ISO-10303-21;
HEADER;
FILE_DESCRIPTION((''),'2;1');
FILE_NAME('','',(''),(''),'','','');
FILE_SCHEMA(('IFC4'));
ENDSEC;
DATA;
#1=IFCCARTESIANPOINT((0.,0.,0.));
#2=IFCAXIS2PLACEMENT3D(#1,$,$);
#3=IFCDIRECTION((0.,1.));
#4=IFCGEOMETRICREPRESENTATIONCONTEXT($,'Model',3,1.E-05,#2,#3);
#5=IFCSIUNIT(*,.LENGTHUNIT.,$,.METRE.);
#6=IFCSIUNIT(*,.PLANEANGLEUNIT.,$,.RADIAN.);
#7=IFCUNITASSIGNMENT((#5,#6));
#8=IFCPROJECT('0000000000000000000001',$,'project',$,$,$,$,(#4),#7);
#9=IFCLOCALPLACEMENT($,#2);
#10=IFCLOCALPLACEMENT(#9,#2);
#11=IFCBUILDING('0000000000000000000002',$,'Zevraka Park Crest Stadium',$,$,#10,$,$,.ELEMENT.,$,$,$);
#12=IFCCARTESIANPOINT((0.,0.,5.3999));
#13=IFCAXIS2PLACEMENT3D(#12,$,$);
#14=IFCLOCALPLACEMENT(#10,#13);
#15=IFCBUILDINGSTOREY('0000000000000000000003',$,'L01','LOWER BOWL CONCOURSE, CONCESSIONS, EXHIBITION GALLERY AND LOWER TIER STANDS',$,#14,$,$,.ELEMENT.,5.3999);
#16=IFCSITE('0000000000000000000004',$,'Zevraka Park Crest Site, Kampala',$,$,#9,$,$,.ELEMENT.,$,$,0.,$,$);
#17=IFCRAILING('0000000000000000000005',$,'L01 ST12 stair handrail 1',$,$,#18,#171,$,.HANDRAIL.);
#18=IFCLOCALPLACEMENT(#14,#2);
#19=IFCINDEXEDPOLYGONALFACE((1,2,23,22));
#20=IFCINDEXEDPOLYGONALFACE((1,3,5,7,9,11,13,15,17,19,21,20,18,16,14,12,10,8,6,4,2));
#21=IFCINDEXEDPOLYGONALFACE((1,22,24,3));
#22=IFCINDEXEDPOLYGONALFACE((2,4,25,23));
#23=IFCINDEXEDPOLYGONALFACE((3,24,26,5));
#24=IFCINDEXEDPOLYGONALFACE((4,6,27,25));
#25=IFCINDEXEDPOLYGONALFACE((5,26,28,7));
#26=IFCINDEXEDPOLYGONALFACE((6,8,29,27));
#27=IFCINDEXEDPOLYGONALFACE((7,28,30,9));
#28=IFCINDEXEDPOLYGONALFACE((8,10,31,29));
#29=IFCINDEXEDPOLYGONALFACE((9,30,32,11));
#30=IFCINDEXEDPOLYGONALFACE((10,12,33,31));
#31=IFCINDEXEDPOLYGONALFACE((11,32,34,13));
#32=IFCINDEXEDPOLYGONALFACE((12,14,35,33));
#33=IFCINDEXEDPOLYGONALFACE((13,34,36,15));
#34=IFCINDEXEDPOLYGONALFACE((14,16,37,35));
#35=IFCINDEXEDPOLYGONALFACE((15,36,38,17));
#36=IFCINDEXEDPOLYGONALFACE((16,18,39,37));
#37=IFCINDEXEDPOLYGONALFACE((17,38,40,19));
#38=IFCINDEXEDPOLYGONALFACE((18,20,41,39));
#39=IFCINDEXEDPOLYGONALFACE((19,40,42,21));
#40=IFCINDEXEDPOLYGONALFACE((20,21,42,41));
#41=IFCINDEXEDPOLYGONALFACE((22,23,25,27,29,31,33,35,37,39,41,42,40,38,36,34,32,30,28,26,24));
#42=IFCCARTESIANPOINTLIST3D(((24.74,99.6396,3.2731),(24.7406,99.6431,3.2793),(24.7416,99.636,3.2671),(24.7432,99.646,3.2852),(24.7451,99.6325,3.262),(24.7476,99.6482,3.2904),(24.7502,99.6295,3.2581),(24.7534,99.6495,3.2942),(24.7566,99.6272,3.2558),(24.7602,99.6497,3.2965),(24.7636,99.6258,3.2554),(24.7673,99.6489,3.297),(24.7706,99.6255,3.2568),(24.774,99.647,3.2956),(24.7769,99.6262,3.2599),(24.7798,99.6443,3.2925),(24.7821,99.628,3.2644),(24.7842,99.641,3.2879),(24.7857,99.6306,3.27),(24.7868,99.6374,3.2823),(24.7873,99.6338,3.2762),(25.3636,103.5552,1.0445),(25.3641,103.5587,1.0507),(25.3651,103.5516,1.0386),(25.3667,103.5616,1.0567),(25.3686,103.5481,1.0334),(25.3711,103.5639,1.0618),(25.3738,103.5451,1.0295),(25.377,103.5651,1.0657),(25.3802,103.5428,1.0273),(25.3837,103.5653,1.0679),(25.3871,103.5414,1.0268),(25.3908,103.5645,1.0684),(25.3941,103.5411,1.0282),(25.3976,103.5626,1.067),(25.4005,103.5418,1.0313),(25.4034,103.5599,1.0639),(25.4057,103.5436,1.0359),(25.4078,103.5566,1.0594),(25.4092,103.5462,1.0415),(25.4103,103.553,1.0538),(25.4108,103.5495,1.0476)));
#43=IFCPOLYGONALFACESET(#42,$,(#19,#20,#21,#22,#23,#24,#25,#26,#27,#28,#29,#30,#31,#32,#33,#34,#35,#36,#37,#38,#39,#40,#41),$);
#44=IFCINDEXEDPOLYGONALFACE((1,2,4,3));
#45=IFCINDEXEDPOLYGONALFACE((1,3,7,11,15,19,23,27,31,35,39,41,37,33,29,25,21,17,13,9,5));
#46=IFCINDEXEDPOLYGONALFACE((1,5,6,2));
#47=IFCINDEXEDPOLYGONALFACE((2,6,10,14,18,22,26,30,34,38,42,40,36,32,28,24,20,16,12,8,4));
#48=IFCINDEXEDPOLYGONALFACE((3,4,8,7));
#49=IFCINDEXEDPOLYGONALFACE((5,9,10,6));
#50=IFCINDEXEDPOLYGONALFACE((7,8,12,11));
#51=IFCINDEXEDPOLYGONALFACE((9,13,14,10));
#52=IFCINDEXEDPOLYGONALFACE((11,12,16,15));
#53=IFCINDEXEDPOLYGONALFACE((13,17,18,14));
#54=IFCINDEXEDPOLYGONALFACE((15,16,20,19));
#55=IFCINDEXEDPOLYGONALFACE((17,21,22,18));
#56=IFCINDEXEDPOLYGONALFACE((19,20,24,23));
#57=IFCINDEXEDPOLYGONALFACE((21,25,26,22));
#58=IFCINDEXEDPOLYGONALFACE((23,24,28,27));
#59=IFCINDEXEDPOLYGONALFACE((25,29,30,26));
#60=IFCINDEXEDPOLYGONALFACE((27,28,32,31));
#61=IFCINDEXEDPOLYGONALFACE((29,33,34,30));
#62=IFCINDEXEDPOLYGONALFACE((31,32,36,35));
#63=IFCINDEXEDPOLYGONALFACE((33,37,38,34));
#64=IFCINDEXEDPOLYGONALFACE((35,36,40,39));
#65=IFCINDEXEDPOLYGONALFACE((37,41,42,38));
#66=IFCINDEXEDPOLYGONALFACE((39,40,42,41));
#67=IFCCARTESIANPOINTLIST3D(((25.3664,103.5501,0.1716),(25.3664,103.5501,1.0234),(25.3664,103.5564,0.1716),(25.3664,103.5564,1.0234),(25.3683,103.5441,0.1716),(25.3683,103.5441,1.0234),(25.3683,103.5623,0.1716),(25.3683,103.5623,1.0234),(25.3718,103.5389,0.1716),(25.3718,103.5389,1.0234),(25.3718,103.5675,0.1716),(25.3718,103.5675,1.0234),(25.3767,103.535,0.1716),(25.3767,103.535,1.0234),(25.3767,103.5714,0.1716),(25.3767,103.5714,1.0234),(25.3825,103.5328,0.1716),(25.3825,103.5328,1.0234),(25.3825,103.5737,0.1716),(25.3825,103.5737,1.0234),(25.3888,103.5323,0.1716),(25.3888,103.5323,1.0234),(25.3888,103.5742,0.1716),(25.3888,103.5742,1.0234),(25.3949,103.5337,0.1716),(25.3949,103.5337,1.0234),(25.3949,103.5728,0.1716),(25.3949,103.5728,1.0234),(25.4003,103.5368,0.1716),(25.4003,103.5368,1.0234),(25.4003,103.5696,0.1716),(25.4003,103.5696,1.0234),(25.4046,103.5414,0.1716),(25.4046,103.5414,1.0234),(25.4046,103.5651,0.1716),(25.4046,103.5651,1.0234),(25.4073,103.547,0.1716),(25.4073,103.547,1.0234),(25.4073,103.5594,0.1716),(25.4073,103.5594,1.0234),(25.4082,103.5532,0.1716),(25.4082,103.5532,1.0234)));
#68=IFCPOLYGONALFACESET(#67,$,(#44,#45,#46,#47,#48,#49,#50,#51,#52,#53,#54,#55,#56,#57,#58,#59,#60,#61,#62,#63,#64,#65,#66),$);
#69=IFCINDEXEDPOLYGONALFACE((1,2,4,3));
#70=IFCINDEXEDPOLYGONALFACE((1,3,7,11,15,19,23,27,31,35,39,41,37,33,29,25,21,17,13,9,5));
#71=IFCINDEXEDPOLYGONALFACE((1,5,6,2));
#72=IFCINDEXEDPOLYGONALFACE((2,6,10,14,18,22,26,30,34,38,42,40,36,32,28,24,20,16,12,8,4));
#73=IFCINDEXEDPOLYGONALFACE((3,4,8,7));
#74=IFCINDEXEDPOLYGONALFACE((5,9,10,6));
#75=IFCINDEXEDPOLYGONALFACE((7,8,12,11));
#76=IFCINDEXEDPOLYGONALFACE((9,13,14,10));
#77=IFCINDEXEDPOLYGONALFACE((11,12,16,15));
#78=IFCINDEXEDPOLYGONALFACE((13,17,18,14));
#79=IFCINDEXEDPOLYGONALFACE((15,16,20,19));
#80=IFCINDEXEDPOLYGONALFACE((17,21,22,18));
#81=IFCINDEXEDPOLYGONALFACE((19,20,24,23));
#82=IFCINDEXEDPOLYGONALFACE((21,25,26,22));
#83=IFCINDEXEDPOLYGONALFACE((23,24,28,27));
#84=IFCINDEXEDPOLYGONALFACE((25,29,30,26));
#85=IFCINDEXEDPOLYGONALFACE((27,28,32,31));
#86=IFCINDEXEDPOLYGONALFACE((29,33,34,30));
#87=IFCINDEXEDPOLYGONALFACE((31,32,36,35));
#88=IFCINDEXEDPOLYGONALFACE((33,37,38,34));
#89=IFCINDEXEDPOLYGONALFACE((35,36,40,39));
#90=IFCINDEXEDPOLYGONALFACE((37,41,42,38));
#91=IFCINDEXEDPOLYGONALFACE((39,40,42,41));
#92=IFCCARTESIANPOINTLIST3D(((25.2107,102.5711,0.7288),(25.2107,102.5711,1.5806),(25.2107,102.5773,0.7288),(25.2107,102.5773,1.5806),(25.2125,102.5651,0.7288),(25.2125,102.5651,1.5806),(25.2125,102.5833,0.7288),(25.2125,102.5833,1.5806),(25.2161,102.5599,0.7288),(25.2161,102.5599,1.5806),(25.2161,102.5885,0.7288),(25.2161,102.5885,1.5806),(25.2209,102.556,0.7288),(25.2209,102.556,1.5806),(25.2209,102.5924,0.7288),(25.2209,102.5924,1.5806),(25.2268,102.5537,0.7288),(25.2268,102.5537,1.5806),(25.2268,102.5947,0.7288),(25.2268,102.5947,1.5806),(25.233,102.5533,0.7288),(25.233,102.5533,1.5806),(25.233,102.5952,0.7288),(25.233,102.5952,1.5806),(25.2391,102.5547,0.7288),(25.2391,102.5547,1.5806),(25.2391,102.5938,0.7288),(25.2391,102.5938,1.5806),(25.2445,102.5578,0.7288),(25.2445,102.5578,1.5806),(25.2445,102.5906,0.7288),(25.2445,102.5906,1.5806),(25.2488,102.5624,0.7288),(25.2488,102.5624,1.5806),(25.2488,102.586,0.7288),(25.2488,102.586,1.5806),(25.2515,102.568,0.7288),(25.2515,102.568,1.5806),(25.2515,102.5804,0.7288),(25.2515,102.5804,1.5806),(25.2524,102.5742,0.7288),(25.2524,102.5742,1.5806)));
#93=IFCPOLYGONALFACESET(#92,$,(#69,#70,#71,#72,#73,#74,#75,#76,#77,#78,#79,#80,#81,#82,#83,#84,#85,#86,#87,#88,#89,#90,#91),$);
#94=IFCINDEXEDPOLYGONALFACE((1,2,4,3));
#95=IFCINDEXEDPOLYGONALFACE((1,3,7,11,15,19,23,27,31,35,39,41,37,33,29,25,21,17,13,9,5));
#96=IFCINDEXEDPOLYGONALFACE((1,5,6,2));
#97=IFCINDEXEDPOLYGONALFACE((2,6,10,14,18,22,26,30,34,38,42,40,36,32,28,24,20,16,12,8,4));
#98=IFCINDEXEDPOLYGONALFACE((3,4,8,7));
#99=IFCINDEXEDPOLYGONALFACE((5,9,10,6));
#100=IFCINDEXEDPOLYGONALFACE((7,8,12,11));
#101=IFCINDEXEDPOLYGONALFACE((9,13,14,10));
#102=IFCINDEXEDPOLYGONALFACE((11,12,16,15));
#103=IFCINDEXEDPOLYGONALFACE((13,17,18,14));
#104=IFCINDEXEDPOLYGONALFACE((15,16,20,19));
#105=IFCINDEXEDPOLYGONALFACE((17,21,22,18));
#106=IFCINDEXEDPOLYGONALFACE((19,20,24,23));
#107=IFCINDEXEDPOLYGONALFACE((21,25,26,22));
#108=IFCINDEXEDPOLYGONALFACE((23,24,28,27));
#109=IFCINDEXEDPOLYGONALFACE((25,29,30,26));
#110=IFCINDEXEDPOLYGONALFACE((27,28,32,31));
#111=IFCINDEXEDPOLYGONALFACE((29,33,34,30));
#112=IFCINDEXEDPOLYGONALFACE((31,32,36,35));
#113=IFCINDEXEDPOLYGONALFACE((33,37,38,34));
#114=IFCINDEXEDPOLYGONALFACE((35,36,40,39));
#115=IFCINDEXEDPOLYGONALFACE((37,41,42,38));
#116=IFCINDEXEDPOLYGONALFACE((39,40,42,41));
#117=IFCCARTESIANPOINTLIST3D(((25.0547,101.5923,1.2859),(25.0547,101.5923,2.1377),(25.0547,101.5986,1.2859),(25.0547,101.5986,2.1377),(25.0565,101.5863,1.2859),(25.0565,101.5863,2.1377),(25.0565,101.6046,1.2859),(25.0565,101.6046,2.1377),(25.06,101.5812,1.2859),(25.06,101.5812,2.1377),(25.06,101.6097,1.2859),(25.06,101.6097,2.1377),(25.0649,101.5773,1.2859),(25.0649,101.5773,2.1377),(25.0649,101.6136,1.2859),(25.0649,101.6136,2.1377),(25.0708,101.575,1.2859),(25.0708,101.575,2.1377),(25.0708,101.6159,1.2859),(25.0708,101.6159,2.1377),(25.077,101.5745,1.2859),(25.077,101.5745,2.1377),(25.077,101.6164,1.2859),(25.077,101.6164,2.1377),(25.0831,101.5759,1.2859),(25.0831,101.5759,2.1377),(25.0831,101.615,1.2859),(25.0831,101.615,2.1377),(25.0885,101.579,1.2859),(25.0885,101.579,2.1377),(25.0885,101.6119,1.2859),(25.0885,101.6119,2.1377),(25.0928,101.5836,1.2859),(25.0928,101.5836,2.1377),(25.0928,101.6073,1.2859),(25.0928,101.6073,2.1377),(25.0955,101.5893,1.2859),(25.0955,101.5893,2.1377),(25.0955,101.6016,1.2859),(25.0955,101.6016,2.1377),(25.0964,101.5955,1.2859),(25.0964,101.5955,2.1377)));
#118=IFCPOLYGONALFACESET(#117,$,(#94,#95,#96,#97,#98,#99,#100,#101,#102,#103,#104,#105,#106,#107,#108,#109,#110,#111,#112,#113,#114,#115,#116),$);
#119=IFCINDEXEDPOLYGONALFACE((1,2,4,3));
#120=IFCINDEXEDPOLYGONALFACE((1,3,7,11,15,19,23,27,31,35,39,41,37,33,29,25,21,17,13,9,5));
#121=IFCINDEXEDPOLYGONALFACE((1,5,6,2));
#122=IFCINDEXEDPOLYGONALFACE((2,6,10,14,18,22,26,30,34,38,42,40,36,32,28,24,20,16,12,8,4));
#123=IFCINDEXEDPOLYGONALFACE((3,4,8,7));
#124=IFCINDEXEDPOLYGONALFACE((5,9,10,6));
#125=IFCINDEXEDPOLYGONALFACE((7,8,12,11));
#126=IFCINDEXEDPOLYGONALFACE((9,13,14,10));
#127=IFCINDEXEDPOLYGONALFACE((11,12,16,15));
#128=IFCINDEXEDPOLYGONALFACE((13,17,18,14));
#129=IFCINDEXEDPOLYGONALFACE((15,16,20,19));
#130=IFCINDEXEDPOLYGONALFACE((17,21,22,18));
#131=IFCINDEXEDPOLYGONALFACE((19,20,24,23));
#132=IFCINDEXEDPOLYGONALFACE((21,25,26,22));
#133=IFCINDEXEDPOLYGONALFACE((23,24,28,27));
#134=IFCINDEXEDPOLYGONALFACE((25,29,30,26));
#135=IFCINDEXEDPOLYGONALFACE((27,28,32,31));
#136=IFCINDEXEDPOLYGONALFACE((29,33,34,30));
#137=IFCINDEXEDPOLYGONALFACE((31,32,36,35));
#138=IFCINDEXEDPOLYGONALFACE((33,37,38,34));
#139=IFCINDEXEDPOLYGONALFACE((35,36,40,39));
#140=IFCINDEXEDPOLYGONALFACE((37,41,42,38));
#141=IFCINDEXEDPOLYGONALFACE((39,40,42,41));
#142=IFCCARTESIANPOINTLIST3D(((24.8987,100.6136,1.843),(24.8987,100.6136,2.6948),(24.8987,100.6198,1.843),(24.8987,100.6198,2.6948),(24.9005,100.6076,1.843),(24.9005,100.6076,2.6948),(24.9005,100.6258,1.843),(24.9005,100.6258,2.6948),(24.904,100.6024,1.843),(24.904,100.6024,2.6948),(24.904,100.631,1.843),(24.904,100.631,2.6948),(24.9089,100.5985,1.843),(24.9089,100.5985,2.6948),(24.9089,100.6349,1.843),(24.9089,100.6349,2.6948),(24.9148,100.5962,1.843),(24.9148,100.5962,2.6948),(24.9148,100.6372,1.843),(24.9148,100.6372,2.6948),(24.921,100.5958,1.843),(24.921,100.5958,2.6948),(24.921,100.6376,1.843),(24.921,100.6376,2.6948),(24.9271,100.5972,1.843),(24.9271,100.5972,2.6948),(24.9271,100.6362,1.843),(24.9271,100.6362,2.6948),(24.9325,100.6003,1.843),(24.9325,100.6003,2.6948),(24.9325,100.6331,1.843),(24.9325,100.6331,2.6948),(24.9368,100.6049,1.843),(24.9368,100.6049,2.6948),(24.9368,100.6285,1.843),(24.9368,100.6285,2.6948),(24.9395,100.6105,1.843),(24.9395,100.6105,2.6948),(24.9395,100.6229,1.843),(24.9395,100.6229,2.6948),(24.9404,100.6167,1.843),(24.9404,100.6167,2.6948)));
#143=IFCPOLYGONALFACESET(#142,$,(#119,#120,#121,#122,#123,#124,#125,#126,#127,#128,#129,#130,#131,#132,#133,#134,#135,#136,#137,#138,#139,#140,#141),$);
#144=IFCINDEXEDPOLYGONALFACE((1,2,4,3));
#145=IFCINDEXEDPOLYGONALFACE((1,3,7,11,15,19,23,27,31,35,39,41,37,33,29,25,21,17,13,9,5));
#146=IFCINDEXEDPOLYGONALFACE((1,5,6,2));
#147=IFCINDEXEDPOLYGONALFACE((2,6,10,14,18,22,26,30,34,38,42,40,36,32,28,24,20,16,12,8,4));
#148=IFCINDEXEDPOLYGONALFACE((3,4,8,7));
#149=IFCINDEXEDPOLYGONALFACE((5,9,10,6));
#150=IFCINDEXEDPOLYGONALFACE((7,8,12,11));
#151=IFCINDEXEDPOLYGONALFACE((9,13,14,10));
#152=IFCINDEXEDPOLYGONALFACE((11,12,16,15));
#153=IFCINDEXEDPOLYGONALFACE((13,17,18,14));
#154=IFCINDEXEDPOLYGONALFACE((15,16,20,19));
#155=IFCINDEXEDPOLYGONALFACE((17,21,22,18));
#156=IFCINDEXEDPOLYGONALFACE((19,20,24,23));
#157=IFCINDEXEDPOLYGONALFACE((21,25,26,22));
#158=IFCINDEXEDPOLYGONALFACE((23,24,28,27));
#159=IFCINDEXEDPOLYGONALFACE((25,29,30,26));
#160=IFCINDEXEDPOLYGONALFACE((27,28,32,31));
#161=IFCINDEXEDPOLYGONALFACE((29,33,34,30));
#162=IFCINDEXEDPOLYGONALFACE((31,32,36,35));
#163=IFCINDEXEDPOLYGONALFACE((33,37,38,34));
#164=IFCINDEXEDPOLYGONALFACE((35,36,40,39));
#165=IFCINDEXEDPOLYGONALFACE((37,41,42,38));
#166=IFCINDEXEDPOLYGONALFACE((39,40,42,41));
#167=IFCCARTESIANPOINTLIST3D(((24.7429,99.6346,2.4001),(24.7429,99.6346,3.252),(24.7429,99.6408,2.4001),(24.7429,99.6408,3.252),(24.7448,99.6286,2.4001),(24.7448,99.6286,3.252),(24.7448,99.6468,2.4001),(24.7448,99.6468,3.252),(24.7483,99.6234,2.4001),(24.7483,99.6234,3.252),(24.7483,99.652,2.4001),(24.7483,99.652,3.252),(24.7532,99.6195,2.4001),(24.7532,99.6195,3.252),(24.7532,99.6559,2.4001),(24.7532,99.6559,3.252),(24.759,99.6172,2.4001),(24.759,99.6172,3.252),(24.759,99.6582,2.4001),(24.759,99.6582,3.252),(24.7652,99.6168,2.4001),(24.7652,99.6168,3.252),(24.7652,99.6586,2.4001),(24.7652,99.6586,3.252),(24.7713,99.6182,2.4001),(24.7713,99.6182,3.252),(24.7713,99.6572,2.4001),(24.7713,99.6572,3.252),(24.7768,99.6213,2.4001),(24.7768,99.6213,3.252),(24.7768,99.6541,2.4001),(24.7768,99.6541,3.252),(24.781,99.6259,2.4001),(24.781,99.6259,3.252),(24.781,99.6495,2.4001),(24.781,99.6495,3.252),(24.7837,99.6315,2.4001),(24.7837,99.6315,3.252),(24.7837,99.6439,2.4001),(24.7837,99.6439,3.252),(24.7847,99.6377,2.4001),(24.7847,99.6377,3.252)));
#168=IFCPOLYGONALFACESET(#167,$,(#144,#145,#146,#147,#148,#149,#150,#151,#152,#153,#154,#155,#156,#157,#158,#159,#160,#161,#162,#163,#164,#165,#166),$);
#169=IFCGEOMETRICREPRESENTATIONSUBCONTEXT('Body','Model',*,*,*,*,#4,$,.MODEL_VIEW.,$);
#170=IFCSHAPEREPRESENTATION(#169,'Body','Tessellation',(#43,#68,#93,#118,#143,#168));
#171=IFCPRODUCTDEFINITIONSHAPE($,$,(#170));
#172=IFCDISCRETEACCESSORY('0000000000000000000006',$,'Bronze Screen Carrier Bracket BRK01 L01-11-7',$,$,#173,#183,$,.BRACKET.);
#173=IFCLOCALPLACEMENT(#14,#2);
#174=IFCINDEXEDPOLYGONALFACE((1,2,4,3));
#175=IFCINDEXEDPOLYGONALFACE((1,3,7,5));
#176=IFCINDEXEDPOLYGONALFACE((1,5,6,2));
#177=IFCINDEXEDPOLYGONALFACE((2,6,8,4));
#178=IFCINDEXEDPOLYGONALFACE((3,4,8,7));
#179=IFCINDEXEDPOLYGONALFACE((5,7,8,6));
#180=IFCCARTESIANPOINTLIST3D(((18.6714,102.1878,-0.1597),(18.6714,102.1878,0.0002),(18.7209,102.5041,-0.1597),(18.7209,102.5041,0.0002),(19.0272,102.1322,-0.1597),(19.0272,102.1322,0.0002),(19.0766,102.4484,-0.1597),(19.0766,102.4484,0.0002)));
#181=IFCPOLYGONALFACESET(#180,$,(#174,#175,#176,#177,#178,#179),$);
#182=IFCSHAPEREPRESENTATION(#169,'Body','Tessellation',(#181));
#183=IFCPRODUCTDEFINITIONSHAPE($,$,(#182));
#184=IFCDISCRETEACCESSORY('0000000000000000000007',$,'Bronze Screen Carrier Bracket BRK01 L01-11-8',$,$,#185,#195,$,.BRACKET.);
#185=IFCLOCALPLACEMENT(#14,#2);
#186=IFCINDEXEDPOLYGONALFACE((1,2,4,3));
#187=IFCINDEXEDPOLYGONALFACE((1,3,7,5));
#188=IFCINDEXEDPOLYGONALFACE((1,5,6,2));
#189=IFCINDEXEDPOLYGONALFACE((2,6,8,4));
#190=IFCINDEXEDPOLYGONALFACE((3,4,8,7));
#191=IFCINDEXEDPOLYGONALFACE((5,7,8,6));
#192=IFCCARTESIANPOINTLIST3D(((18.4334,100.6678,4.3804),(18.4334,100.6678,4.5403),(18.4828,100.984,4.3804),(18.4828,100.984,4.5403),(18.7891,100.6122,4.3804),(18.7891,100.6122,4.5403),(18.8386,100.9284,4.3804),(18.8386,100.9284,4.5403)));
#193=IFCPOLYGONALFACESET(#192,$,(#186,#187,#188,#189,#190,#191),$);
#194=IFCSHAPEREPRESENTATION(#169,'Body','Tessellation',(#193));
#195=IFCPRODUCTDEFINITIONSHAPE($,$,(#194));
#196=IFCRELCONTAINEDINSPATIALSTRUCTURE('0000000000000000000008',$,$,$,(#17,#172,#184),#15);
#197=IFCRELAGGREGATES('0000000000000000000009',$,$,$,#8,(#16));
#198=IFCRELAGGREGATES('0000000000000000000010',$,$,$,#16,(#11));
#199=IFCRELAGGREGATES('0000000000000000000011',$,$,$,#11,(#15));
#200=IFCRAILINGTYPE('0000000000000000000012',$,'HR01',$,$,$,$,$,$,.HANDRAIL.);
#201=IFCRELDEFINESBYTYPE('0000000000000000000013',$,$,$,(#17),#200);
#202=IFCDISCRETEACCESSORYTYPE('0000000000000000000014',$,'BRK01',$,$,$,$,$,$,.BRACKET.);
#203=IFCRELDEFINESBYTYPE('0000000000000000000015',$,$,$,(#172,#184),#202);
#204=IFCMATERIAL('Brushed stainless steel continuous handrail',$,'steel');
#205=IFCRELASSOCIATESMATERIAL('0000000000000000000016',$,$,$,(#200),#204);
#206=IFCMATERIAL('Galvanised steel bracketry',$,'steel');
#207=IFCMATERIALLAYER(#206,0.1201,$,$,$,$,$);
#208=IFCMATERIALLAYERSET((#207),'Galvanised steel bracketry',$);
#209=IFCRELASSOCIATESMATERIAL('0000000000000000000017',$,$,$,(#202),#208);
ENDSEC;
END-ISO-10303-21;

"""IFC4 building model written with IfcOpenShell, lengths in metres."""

from ifc_helpers import new_model, si_unit, direction, frame, origin, origin_2d, place, context, subcontext, project, spatial, rectangle, circle, extrude, material, layer, layer_set, type_object, element, save


model = new_model("IFC4")

# Units and contexts
model_context = context("Model", 3, precision=1e-05, world=origin(), true_north=direction((0.0, 1.0)))
body_context = subcontext(model_context, "Body", "Model", "MODEL_VIEW")
ifc_project = project(units=[si_unit("LENGTHUNIT", "METRE"), si_unit("PLANEANGLEUNIT", "RADIAN")], contexts=[model_context])

# Site, building, storey
site_placement = place(None, origin())
site = spatial("IfcSite", under=ifc_project, at=site_placement, Name="Zevraka Park Crest Site, Kampala", CompositionType="ELEMENT", RefElevation=0.0)
building_placement = place(site_placement, origin())
building = spatial("IfcBuilding", under=site, at=building_placement, Name="Zevraka Park Crest Stadium", CompositionType="ELEMENT")
storey_placement = place(building_placement, frame((0.0, 0.0, 5.3999)))
storey = spatial("IfcBuildingStorey", under=building, at=storey_placement, Name="L01", Description="LOWER BOWL CONCOURSE, CONCESSIONS, EXHIBITION GALLERY AND LOWER TIER STANDS", CompositionType="ELEMENT", Elevation=5.3999)

# Railing
ifc_material_1 = material(Name="Brushed stainless steel continuous handrail", Category="steel")
railing_type_1 = type_object("IfcRailingType", Name="HR01", PredefinedType="HANDRAIL", material=ifc_material_1)
railing_1_placement = place(storey_placement, frame((25.3872, 103.5532, 0.1716)))
element("IfcRailing", 1, at=railing_1_placement, inside=storey, type_object=railing_type_1, Name="L01 ST12 stair handrail 1", PredefinedType="HANDRAIL", context=body_context, shape_type="SweptSolid", body=[
    extrude(circle(Radius=0.0239, at=origin_2d()), frame((0.0, 0.0, 0.876), z_axis=(-0.137094, -0.86089, 0.489974), x_axis=(0.987556, -0.157265, 0.0)), (0.0, 0.0, 1.0), 4.5483),
    extrude(circle(Radius=0.021, at=origin_2d()), origin(), (0.0, 0.0, 1.0), 0.8518),
    extrude(circle(Radius=0.021, at=origin_2d()), frame((-0.1558, -0.979, 0.5571)), (0.0, 0.0, 1.0), 0.8518),
    extrude(circle(Radius=0.021, at=origin_2d()), frame((-0.3118, -1.9578, 1.1143)), (0.0, 0.0, 1.0), 0.8518),
    extrude(circle(Radius=0.021, at=origin_2d()), frame((-0.4678, -2.9365, 1.6714)), (0.0, 0.0, 1.0), 0.8518),
    extrude(circle(Radius=0.021, at=origin_2d()), frame((-0.6235, -3.9155, 2.2285)), (0.0, 0.0, 1.0), 0.8518),
])

# Discrete accessories
ifc_material_2 = material(Name="Galvanised steel bracketry", Category="steel")
ifc_layer_1 = layer(ifc_material_2, 0.1201)
ifc_layer_set_1 = layer_set([ifc_layer_1], Name="Galvanised steel bracketry")
discrete_accessory_type = type_object("IfcDiscreteAccessoryType", Name="BRK01", PredefinedType="BRACKET", material=ifc_layer_set_1)
for number, where, z_axis, x_axis, name in (
    (2, (18.874, 102.3181, -0.1597), (0.0, 0.0, 1.0), (-0.154538, -0.987987, 0.0), "Bronze Screen Carrier Bracket BRK01 L01-11-7"),
    (3, (18.636, 100.7981, 4.3804), (0.0, 0.0, 1.0), (-0.154538, -0.987987, 0.0), "Bronze Screen Carrier Bracket BRK01 L01-11-8"),
):
    element("IfcDiscreteAccessory", number, at=place(storey_placement, frame(where, z_axis=z_axis, x_axis=x_axis)), inside=storey, type_object=discrete_accessory_type, Name=name, PredefinedType="BRACKET", context=body_context, shape_type="SweptSolid", body=[
        extrude(rectangle(XDim=0.3201, YDim=0.3601, at=origin_2d()), origin(), (0.0, 0.0, 1.0), 0.1599),
    ])

save(model, "model.ifc")
